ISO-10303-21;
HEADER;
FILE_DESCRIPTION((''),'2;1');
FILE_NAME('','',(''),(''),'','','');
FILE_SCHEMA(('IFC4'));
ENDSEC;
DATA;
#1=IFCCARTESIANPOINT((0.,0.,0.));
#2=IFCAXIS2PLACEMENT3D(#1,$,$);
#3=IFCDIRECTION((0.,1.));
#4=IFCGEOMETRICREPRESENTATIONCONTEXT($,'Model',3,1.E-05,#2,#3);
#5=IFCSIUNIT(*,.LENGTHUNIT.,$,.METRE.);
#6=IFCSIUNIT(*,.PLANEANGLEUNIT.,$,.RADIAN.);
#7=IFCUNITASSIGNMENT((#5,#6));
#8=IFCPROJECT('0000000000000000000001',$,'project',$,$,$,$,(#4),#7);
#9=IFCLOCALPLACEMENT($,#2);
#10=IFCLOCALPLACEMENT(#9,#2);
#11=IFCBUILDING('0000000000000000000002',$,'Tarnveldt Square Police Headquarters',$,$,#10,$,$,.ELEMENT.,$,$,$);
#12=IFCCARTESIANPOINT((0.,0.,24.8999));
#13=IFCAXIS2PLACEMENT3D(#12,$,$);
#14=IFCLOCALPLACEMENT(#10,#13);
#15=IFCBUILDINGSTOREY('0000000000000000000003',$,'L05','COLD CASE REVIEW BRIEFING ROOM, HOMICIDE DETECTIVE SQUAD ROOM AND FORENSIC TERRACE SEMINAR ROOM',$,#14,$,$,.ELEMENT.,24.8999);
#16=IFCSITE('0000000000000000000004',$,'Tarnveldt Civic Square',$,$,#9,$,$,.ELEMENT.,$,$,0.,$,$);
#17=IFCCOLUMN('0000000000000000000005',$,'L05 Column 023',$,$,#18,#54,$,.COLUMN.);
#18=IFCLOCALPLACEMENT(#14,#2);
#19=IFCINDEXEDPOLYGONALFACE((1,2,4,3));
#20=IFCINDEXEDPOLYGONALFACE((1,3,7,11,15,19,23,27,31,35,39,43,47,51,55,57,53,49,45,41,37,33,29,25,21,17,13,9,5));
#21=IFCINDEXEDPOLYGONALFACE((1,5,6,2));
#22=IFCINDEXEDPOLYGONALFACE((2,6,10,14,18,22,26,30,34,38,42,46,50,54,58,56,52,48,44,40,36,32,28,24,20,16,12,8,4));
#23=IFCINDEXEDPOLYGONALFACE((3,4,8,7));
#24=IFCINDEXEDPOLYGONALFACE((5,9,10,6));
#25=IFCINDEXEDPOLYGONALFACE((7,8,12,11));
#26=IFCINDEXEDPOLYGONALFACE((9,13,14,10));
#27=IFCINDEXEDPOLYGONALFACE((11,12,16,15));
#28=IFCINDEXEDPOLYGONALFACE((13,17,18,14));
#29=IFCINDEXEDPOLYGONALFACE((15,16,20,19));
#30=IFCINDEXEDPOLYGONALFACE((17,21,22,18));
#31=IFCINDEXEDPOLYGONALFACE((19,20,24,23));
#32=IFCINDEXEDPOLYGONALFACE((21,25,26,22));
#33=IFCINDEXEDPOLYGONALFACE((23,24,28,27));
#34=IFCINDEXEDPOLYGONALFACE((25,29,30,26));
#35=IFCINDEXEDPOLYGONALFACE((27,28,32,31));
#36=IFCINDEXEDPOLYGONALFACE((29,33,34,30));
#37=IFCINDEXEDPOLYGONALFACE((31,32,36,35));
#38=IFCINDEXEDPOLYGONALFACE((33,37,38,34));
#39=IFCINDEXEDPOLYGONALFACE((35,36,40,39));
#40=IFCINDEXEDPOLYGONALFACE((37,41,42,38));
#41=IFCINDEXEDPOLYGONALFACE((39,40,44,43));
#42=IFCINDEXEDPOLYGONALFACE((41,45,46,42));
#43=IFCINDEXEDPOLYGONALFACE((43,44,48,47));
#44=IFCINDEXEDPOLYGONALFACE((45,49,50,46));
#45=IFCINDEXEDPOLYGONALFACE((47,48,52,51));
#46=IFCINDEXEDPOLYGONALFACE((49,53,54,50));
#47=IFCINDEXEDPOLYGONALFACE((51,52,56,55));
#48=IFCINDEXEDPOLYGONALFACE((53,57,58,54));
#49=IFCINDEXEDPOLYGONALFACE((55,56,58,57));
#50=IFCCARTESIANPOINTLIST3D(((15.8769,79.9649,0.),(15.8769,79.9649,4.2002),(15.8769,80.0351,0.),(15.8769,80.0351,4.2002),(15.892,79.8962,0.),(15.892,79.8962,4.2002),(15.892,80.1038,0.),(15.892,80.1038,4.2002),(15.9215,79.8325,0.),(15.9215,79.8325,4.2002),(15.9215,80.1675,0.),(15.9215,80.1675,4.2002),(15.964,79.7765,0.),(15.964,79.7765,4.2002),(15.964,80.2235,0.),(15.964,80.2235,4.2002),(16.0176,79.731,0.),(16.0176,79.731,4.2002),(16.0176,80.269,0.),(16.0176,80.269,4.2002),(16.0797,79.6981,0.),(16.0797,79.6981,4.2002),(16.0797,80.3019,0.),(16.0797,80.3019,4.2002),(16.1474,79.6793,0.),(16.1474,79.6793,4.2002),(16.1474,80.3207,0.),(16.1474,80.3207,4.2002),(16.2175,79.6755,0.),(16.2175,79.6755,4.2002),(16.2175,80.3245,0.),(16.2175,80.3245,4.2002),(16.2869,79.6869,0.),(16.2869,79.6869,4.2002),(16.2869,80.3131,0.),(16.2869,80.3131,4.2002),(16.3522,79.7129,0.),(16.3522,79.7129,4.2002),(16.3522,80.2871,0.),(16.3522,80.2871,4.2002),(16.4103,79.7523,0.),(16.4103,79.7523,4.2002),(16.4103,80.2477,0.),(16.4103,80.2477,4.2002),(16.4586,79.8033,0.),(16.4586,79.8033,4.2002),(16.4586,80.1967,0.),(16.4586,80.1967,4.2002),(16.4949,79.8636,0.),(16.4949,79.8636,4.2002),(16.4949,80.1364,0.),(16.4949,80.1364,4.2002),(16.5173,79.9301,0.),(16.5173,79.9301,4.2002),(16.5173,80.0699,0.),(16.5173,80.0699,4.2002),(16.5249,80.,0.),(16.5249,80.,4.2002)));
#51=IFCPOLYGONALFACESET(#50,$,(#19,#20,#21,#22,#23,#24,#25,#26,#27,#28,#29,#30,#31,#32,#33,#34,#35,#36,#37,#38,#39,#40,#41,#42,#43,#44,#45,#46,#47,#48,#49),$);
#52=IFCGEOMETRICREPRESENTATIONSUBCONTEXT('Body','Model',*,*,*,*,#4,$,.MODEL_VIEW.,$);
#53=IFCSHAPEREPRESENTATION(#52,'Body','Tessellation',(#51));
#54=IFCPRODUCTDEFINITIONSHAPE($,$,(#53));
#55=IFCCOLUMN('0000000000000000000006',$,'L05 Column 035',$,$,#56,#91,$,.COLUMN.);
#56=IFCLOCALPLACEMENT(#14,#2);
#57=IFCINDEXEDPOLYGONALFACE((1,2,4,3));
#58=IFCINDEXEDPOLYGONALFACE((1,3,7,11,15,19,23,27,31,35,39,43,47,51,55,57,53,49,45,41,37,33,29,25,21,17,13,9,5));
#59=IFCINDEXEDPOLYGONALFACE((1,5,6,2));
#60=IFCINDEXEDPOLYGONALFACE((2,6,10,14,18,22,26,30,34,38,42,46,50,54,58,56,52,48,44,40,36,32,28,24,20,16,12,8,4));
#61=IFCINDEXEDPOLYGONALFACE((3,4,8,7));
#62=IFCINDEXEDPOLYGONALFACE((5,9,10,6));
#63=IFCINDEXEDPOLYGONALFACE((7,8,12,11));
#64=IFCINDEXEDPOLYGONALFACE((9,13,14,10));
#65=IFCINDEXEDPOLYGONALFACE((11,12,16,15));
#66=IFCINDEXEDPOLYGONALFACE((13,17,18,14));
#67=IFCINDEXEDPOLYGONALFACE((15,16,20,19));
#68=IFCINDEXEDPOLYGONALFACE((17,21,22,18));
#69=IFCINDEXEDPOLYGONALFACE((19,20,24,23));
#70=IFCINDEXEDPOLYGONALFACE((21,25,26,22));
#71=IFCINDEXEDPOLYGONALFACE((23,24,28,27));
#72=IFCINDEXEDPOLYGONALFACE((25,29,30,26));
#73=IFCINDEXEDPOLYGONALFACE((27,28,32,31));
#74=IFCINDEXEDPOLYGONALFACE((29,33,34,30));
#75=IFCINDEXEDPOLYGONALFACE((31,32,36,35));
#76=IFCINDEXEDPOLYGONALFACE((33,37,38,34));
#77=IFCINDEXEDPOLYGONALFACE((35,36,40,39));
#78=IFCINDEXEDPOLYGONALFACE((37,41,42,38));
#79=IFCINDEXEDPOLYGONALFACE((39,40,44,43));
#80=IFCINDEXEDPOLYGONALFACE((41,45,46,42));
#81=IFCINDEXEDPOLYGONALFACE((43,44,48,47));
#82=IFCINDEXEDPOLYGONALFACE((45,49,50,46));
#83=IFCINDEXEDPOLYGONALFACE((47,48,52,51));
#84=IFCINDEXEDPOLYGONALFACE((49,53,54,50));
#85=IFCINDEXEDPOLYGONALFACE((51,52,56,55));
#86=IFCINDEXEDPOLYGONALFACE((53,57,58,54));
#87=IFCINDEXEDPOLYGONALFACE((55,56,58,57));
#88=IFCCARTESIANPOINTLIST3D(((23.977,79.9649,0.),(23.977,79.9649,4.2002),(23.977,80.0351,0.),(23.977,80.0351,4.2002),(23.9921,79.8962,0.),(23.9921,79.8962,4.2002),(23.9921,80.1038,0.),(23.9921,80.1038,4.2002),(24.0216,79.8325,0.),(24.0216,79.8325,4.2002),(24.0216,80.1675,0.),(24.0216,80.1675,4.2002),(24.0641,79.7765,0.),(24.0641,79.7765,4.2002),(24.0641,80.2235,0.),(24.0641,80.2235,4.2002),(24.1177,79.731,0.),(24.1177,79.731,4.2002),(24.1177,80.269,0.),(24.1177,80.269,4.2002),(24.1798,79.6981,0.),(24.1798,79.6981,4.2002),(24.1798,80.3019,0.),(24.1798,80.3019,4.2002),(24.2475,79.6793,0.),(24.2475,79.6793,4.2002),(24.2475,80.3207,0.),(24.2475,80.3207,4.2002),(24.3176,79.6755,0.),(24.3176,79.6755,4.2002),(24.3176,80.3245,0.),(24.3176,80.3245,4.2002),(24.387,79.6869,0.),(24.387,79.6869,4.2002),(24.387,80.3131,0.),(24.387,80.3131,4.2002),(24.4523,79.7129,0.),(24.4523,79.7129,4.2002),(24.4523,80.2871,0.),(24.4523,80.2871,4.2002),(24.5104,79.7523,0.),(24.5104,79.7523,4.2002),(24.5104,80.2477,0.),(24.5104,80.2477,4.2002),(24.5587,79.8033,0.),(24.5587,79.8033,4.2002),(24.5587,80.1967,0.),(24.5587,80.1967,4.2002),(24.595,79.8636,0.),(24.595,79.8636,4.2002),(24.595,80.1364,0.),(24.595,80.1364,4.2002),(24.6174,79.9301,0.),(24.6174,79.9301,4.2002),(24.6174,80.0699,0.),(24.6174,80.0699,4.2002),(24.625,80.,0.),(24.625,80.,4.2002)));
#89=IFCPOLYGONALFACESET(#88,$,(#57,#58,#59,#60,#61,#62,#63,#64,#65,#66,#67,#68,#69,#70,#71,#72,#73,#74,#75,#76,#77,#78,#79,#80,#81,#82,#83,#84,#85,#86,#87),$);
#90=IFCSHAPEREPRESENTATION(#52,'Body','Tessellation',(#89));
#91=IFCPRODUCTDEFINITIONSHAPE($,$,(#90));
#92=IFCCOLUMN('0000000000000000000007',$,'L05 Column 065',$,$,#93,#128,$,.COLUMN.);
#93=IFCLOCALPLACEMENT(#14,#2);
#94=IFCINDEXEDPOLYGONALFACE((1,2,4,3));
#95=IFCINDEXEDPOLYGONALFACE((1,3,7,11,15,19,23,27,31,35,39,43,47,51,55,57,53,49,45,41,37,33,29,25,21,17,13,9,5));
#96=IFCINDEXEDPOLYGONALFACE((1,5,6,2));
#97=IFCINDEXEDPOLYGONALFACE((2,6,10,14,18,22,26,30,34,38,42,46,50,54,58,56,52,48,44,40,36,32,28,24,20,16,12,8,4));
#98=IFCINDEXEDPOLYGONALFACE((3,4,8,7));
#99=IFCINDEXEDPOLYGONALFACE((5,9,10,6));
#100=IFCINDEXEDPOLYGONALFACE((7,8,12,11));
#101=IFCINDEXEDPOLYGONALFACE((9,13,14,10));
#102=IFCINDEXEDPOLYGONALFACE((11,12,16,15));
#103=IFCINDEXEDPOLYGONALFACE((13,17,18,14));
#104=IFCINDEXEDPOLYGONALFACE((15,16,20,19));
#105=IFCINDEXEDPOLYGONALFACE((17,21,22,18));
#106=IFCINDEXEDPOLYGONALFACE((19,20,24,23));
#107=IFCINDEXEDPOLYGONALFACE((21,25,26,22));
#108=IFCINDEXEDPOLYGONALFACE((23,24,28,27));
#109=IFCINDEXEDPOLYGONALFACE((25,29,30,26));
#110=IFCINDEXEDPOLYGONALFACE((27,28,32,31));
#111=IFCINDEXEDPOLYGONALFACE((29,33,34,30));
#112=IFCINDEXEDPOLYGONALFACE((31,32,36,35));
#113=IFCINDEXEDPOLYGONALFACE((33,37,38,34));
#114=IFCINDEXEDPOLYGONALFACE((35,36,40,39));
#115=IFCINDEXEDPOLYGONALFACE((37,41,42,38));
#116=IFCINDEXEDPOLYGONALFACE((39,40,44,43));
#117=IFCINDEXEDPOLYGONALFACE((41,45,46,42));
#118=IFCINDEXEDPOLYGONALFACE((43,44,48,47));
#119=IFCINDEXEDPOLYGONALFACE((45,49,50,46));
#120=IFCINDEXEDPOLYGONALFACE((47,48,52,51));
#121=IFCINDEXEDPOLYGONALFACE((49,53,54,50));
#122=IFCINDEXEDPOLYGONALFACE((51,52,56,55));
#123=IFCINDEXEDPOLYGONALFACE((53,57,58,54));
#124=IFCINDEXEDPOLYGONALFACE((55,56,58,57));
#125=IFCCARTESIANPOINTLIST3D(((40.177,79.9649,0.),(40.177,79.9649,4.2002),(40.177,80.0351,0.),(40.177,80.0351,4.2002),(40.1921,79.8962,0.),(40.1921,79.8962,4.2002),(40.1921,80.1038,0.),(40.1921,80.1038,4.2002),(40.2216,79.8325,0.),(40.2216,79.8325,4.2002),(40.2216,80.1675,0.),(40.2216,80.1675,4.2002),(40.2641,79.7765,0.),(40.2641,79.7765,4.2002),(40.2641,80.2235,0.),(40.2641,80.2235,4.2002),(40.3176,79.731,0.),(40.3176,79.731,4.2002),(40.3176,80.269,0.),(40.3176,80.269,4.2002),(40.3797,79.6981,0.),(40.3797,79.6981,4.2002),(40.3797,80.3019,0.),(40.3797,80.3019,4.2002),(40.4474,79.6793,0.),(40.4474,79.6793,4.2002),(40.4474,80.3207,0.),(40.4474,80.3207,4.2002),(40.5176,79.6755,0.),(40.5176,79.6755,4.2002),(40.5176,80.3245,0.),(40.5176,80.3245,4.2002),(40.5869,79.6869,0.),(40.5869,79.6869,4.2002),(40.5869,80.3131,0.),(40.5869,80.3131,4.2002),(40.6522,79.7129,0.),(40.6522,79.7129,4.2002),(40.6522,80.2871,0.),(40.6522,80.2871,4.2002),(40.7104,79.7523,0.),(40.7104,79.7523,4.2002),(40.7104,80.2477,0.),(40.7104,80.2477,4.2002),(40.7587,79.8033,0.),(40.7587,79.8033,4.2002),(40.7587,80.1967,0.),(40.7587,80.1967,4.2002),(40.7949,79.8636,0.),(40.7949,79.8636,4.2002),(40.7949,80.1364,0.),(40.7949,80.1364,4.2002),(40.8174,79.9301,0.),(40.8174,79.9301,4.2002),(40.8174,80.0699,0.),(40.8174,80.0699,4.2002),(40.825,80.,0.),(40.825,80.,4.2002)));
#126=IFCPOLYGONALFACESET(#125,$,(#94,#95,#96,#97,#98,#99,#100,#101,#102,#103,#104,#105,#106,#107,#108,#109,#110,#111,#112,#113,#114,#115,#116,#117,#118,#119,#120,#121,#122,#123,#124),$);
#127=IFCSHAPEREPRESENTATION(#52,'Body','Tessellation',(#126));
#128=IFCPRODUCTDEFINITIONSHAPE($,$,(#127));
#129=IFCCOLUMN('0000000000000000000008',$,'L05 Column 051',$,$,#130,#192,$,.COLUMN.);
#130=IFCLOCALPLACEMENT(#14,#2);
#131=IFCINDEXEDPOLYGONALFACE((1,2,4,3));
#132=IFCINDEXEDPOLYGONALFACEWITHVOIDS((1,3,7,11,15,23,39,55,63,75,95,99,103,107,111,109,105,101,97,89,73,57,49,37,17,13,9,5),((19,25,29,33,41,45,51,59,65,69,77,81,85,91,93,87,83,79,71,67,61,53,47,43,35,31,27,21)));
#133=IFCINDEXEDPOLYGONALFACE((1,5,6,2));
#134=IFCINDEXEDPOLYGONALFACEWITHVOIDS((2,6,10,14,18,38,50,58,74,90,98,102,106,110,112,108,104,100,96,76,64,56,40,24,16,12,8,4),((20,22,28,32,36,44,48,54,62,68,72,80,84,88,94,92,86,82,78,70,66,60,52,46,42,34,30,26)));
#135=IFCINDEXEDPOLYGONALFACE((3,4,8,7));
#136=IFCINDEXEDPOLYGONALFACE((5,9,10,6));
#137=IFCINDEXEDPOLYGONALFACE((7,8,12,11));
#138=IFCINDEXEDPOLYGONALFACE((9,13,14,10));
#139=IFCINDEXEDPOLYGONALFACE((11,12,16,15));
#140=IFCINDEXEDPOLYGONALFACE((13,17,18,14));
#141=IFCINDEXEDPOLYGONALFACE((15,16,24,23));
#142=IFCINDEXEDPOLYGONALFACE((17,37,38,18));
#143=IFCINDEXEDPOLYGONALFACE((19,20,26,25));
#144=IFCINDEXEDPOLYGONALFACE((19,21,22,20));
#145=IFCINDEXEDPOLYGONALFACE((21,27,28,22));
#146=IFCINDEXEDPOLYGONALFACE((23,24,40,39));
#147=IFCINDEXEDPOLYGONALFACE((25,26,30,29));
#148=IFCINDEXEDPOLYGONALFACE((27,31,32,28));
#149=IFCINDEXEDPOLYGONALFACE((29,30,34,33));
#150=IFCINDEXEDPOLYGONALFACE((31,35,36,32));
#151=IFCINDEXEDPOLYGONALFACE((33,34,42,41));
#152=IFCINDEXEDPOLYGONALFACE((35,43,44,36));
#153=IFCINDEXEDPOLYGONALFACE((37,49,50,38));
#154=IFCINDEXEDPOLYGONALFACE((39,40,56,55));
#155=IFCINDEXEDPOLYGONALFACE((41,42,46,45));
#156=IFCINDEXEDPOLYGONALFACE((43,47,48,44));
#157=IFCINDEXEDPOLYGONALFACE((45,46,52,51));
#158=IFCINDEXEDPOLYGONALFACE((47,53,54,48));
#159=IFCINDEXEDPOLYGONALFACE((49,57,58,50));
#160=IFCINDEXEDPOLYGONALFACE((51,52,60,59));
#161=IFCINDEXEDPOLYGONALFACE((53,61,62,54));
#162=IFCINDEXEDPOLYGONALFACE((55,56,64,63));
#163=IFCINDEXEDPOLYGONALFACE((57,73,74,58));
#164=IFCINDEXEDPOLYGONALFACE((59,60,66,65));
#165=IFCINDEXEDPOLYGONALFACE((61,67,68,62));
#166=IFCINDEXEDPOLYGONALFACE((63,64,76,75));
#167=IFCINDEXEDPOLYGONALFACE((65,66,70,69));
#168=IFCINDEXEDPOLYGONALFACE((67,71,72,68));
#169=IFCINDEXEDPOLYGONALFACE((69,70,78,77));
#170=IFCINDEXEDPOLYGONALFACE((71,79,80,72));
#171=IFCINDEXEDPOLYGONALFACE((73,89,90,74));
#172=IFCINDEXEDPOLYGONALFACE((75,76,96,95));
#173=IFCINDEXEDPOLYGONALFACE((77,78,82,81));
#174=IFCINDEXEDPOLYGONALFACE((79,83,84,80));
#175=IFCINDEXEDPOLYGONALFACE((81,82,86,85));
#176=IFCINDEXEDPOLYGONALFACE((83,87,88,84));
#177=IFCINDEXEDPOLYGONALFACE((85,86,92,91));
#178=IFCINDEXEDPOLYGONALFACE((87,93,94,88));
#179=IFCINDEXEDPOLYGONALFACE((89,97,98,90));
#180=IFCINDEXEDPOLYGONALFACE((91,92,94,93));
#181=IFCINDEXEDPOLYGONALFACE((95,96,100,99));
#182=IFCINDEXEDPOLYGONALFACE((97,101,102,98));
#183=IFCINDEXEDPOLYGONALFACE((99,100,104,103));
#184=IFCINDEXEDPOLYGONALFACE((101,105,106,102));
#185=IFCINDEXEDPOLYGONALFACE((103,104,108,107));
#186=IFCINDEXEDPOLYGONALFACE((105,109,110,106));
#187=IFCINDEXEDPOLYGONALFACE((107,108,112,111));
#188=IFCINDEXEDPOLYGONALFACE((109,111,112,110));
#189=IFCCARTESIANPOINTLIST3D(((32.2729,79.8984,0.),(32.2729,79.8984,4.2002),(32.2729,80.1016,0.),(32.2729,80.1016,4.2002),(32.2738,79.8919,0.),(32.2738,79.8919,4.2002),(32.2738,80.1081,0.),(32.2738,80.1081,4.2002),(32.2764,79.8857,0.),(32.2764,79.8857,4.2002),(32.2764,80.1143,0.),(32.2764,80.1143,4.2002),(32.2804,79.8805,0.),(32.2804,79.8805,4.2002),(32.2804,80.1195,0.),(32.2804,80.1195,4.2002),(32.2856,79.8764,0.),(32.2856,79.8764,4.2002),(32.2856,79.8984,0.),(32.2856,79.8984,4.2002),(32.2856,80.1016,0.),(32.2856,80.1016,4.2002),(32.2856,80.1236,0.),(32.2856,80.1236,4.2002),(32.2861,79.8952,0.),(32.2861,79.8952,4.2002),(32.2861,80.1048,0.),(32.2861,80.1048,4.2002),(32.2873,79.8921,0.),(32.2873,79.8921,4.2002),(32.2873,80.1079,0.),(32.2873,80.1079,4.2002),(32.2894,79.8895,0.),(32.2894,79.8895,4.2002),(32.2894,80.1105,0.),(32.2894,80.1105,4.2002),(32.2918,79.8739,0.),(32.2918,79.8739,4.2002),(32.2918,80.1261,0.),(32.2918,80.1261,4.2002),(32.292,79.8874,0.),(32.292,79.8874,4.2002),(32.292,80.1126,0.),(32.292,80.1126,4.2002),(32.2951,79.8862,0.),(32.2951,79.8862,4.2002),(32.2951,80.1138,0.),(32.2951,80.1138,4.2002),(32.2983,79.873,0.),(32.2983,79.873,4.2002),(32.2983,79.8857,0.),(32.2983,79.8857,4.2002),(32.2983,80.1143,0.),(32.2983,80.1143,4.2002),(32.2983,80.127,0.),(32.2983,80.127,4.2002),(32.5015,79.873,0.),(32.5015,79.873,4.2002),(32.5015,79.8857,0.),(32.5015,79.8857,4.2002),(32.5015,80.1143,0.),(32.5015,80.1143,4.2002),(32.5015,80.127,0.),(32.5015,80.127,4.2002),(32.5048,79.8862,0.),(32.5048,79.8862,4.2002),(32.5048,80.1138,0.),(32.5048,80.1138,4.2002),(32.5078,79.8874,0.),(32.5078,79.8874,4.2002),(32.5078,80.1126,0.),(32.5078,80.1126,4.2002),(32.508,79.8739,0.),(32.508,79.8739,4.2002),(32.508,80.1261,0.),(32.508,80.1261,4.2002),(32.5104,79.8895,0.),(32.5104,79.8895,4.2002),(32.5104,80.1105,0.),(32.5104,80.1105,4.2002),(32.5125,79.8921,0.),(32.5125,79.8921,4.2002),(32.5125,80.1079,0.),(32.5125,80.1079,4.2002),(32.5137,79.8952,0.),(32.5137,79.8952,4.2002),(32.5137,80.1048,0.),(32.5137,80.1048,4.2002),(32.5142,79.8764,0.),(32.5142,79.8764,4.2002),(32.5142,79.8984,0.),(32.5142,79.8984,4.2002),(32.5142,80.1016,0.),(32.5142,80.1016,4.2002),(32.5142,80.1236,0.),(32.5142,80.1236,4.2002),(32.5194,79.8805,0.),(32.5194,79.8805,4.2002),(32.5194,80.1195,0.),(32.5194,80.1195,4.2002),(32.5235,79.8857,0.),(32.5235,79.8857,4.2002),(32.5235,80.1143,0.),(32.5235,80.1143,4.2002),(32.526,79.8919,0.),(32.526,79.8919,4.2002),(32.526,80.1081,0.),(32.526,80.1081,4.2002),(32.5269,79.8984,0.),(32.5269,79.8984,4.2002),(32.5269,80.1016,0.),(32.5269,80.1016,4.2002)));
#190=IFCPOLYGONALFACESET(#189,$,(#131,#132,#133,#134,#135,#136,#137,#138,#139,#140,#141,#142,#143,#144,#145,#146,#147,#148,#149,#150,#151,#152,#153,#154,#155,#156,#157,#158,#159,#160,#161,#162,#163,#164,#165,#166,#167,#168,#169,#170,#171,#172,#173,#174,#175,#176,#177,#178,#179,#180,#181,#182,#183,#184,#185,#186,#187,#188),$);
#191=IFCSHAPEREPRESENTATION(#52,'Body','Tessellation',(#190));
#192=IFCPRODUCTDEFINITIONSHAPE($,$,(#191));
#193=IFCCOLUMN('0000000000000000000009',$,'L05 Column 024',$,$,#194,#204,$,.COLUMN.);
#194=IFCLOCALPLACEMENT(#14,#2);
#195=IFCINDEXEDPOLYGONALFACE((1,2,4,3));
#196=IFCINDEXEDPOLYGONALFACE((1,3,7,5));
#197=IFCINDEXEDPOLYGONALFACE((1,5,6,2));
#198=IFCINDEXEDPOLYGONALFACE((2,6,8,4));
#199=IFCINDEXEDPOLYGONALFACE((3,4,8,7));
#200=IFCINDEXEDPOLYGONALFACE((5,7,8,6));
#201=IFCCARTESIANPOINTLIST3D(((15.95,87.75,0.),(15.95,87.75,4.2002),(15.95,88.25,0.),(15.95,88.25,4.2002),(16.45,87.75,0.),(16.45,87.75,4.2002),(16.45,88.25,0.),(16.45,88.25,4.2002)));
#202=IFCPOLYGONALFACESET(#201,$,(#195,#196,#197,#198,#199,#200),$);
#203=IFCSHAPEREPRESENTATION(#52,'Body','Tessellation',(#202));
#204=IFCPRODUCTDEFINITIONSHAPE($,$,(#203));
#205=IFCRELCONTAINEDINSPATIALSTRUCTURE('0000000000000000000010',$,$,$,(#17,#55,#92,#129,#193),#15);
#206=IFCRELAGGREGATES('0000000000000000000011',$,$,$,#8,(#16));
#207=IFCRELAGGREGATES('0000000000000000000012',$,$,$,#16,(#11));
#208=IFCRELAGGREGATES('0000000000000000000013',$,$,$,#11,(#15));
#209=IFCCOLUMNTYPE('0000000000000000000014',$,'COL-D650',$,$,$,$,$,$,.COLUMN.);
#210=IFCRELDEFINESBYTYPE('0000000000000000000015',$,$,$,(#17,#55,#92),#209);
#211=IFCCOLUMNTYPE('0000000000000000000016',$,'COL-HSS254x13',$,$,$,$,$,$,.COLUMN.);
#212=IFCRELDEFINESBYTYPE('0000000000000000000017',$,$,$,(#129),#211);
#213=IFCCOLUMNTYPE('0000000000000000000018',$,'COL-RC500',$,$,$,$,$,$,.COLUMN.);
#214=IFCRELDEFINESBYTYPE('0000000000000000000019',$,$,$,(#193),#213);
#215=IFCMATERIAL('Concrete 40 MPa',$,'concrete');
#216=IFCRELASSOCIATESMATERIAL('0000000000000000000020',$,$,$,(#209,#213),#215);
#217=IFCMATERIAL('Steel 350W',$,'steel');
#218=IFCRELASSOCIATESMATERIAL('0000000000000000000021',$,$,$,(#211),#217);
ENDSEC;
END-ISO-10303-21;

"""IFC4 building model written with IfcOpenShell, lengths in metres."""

from ifc_helpers import new_model, si_unit, direction, frame, origin, origin_2d, place, context, subcontext, project, spatial, rectangle, hollow_rectangle, circle, extrude, material, material_profile, profile_set, type_object, element, save


model = new_model("IFC4")

# Units and contexts
model_context = context("Model", 3, precision=1e-05, world=origin(), true_north=direction((0.0, 1.0)))
body_context = subcontext(model_context, "Body", "Model", "MODEL_VIEW")
ifc_project = project(units=[si_unit("LENGTHUNIT", "METRE"), si_unit("PLANEANGLEUNIT", "RADIAN")], contexts=[model_context])

# Site, building, storey
site_placement = place(None, origin())
site = spatial("IfcSite", under=ifc_project, at=site_placement, Name="Tarnveldt Civic Square", CompositionType="ELEMENT", RefElevation=0.0)
building_placement = place(site_placement, origin())
building = spatial("IfcBuilding", under=site, at=building_placement, Name="Tarnveldt Square Police Headquarters", CompositionType="ELEMENT")
storey_placement = place(building_placement, frame((0.0, 0.0, 24.8999)))
storey = spatial("IfcBuildingStorey", under=building, at=storey_placement, Name="L05", Description="COLD CASE REVIEW BRIEFING ROOM, HOMICIDE DETECTIVE SQUAD ROOM AND FORENSIC TERRACE SEMINAR ROOM", CompositionType="ELEMENT", Elevation=24.8999)

# Columns
ifc_material_1 = material(Name="Concrete 40 MPa", Category="concrete")
ifc_material_profile_1 = material_profile(ifc_material_1, circle(Radius=0.325, at=origin_2d()), Name="RC-D650")
ifc_profile_set_1 = profile_set([ifc_material_profile_1], Name="Concrete 40 MPa")
column_type_1 = type_object("IfcColumnType", Name="COL-D650", PredefinedType="COLUMN", material=ifc_profile_set_1)
for number, where, z_axis, x_axis, name in (
    (1, (16.2, 80.0, 0.0), (0.0, 0.0, 1.0), (1.0, 0.0, 0.0), "L05 Column 023"),
    (2, (24.3, 80.0, 0.0), (0.0, 0.0, 1.0), (1.0, 0.0, 0.0), "L05 Column 035"),
    (3, (40.5, 80.0, 0.0), (0.0, 0.0, 1.0), (1.0, 0.0, 0.0), "L05 Column 065"),
):
    element("IfcColumn", number, at=place(storey_placement, frame(where, z_axis=z_axis, x_axis=x_axis)), inside=storey, type_object=column_type_1, Name=name, PredefinedType="COLUMN", context=body_context, shape_type="SweptSolid", body=[
        extrude(circle(Radius=0.325, at=origin_2d()), origin(), (0.0, 0.0, 1.0), 4.2002),
    ])
ifc_material_2 = material(Name="Steel 350W", Category="steel")
ifc_material_profile_2 = material_profile(ifc_material_2, hollow_rectangle(XDim=0.2539, YDim=0.2539, WallThickness=0.0127, InnerFilletRadius=0.0127, OuterFilletRadius=0.0254, at=origin_2d()), Name="HSS254x254x13")
ifc_profile_set_2 = profile_set([ifc_material_profile_2], Name="Steel 350W")
column_type_2 = type_object("IfcColumnType", Name="COL-HSS254x13", PredefinedType="COLUMN", material=ifc_profile_set_2)
column_1_placement = place(storey_placement, frame((32.3999, 80.0, 0.0), z_axis=(0.0, 0.0, 1.0), x_axis=(1.0, 0.0, 0.0)))
element("IfcColumn", 4, at=column_1_placement, inside=storey, type_object=column_type_2, Name="L05 Column 051", PredefinedType="COLUMN", context=body_context, shape_type="SweptSolid", body=[
    extrude(hollow_rectangle(XDim=0.2539, YDim=0.2539, WallThickness=0.0127, InnerFilletRadius=0.0127, OuterFilletRadius=0.0254, at=origin_2d()), origin(), (0.0, 0.0, 1.0), 4.2002),
])
ifc_material_profile_3 = material_profile(ifc_material_1, rectangle(XDim=0.5, YDim=0.5, at=origin_2d()), Name="RC-C500x500")
ifc_profile_set_3 = profile_set([ifc_material_profile_3], Name="Concrete 40 MPa")
column_type_3 = type_object("IfcColumnType", Name="COL-RC500", PredefinedType="COLUMN", material=ifc_profile_set_3)
column_2_placement = place(storey_placement, frame((16.2, 88.0, 0.0), z_axis=(0.0, 0.0, 1.0), x_axis=(1.0, 0.0, 0.0)))
element("IfcColumn", 5, at=column_2_placement, inside=storey, type_object=column_type_3, Name="L05 Column 024", PredefinedType="COLUMN", context=body_context, shape_type="SweptSolid", body=[
    extrude(rectangle(XDim=0.5, YDim=0.5, at=origin_2d()), origin(), (0.0, 0.0, 1.0), 4.2002),
])

save(model, "model.ifc")
